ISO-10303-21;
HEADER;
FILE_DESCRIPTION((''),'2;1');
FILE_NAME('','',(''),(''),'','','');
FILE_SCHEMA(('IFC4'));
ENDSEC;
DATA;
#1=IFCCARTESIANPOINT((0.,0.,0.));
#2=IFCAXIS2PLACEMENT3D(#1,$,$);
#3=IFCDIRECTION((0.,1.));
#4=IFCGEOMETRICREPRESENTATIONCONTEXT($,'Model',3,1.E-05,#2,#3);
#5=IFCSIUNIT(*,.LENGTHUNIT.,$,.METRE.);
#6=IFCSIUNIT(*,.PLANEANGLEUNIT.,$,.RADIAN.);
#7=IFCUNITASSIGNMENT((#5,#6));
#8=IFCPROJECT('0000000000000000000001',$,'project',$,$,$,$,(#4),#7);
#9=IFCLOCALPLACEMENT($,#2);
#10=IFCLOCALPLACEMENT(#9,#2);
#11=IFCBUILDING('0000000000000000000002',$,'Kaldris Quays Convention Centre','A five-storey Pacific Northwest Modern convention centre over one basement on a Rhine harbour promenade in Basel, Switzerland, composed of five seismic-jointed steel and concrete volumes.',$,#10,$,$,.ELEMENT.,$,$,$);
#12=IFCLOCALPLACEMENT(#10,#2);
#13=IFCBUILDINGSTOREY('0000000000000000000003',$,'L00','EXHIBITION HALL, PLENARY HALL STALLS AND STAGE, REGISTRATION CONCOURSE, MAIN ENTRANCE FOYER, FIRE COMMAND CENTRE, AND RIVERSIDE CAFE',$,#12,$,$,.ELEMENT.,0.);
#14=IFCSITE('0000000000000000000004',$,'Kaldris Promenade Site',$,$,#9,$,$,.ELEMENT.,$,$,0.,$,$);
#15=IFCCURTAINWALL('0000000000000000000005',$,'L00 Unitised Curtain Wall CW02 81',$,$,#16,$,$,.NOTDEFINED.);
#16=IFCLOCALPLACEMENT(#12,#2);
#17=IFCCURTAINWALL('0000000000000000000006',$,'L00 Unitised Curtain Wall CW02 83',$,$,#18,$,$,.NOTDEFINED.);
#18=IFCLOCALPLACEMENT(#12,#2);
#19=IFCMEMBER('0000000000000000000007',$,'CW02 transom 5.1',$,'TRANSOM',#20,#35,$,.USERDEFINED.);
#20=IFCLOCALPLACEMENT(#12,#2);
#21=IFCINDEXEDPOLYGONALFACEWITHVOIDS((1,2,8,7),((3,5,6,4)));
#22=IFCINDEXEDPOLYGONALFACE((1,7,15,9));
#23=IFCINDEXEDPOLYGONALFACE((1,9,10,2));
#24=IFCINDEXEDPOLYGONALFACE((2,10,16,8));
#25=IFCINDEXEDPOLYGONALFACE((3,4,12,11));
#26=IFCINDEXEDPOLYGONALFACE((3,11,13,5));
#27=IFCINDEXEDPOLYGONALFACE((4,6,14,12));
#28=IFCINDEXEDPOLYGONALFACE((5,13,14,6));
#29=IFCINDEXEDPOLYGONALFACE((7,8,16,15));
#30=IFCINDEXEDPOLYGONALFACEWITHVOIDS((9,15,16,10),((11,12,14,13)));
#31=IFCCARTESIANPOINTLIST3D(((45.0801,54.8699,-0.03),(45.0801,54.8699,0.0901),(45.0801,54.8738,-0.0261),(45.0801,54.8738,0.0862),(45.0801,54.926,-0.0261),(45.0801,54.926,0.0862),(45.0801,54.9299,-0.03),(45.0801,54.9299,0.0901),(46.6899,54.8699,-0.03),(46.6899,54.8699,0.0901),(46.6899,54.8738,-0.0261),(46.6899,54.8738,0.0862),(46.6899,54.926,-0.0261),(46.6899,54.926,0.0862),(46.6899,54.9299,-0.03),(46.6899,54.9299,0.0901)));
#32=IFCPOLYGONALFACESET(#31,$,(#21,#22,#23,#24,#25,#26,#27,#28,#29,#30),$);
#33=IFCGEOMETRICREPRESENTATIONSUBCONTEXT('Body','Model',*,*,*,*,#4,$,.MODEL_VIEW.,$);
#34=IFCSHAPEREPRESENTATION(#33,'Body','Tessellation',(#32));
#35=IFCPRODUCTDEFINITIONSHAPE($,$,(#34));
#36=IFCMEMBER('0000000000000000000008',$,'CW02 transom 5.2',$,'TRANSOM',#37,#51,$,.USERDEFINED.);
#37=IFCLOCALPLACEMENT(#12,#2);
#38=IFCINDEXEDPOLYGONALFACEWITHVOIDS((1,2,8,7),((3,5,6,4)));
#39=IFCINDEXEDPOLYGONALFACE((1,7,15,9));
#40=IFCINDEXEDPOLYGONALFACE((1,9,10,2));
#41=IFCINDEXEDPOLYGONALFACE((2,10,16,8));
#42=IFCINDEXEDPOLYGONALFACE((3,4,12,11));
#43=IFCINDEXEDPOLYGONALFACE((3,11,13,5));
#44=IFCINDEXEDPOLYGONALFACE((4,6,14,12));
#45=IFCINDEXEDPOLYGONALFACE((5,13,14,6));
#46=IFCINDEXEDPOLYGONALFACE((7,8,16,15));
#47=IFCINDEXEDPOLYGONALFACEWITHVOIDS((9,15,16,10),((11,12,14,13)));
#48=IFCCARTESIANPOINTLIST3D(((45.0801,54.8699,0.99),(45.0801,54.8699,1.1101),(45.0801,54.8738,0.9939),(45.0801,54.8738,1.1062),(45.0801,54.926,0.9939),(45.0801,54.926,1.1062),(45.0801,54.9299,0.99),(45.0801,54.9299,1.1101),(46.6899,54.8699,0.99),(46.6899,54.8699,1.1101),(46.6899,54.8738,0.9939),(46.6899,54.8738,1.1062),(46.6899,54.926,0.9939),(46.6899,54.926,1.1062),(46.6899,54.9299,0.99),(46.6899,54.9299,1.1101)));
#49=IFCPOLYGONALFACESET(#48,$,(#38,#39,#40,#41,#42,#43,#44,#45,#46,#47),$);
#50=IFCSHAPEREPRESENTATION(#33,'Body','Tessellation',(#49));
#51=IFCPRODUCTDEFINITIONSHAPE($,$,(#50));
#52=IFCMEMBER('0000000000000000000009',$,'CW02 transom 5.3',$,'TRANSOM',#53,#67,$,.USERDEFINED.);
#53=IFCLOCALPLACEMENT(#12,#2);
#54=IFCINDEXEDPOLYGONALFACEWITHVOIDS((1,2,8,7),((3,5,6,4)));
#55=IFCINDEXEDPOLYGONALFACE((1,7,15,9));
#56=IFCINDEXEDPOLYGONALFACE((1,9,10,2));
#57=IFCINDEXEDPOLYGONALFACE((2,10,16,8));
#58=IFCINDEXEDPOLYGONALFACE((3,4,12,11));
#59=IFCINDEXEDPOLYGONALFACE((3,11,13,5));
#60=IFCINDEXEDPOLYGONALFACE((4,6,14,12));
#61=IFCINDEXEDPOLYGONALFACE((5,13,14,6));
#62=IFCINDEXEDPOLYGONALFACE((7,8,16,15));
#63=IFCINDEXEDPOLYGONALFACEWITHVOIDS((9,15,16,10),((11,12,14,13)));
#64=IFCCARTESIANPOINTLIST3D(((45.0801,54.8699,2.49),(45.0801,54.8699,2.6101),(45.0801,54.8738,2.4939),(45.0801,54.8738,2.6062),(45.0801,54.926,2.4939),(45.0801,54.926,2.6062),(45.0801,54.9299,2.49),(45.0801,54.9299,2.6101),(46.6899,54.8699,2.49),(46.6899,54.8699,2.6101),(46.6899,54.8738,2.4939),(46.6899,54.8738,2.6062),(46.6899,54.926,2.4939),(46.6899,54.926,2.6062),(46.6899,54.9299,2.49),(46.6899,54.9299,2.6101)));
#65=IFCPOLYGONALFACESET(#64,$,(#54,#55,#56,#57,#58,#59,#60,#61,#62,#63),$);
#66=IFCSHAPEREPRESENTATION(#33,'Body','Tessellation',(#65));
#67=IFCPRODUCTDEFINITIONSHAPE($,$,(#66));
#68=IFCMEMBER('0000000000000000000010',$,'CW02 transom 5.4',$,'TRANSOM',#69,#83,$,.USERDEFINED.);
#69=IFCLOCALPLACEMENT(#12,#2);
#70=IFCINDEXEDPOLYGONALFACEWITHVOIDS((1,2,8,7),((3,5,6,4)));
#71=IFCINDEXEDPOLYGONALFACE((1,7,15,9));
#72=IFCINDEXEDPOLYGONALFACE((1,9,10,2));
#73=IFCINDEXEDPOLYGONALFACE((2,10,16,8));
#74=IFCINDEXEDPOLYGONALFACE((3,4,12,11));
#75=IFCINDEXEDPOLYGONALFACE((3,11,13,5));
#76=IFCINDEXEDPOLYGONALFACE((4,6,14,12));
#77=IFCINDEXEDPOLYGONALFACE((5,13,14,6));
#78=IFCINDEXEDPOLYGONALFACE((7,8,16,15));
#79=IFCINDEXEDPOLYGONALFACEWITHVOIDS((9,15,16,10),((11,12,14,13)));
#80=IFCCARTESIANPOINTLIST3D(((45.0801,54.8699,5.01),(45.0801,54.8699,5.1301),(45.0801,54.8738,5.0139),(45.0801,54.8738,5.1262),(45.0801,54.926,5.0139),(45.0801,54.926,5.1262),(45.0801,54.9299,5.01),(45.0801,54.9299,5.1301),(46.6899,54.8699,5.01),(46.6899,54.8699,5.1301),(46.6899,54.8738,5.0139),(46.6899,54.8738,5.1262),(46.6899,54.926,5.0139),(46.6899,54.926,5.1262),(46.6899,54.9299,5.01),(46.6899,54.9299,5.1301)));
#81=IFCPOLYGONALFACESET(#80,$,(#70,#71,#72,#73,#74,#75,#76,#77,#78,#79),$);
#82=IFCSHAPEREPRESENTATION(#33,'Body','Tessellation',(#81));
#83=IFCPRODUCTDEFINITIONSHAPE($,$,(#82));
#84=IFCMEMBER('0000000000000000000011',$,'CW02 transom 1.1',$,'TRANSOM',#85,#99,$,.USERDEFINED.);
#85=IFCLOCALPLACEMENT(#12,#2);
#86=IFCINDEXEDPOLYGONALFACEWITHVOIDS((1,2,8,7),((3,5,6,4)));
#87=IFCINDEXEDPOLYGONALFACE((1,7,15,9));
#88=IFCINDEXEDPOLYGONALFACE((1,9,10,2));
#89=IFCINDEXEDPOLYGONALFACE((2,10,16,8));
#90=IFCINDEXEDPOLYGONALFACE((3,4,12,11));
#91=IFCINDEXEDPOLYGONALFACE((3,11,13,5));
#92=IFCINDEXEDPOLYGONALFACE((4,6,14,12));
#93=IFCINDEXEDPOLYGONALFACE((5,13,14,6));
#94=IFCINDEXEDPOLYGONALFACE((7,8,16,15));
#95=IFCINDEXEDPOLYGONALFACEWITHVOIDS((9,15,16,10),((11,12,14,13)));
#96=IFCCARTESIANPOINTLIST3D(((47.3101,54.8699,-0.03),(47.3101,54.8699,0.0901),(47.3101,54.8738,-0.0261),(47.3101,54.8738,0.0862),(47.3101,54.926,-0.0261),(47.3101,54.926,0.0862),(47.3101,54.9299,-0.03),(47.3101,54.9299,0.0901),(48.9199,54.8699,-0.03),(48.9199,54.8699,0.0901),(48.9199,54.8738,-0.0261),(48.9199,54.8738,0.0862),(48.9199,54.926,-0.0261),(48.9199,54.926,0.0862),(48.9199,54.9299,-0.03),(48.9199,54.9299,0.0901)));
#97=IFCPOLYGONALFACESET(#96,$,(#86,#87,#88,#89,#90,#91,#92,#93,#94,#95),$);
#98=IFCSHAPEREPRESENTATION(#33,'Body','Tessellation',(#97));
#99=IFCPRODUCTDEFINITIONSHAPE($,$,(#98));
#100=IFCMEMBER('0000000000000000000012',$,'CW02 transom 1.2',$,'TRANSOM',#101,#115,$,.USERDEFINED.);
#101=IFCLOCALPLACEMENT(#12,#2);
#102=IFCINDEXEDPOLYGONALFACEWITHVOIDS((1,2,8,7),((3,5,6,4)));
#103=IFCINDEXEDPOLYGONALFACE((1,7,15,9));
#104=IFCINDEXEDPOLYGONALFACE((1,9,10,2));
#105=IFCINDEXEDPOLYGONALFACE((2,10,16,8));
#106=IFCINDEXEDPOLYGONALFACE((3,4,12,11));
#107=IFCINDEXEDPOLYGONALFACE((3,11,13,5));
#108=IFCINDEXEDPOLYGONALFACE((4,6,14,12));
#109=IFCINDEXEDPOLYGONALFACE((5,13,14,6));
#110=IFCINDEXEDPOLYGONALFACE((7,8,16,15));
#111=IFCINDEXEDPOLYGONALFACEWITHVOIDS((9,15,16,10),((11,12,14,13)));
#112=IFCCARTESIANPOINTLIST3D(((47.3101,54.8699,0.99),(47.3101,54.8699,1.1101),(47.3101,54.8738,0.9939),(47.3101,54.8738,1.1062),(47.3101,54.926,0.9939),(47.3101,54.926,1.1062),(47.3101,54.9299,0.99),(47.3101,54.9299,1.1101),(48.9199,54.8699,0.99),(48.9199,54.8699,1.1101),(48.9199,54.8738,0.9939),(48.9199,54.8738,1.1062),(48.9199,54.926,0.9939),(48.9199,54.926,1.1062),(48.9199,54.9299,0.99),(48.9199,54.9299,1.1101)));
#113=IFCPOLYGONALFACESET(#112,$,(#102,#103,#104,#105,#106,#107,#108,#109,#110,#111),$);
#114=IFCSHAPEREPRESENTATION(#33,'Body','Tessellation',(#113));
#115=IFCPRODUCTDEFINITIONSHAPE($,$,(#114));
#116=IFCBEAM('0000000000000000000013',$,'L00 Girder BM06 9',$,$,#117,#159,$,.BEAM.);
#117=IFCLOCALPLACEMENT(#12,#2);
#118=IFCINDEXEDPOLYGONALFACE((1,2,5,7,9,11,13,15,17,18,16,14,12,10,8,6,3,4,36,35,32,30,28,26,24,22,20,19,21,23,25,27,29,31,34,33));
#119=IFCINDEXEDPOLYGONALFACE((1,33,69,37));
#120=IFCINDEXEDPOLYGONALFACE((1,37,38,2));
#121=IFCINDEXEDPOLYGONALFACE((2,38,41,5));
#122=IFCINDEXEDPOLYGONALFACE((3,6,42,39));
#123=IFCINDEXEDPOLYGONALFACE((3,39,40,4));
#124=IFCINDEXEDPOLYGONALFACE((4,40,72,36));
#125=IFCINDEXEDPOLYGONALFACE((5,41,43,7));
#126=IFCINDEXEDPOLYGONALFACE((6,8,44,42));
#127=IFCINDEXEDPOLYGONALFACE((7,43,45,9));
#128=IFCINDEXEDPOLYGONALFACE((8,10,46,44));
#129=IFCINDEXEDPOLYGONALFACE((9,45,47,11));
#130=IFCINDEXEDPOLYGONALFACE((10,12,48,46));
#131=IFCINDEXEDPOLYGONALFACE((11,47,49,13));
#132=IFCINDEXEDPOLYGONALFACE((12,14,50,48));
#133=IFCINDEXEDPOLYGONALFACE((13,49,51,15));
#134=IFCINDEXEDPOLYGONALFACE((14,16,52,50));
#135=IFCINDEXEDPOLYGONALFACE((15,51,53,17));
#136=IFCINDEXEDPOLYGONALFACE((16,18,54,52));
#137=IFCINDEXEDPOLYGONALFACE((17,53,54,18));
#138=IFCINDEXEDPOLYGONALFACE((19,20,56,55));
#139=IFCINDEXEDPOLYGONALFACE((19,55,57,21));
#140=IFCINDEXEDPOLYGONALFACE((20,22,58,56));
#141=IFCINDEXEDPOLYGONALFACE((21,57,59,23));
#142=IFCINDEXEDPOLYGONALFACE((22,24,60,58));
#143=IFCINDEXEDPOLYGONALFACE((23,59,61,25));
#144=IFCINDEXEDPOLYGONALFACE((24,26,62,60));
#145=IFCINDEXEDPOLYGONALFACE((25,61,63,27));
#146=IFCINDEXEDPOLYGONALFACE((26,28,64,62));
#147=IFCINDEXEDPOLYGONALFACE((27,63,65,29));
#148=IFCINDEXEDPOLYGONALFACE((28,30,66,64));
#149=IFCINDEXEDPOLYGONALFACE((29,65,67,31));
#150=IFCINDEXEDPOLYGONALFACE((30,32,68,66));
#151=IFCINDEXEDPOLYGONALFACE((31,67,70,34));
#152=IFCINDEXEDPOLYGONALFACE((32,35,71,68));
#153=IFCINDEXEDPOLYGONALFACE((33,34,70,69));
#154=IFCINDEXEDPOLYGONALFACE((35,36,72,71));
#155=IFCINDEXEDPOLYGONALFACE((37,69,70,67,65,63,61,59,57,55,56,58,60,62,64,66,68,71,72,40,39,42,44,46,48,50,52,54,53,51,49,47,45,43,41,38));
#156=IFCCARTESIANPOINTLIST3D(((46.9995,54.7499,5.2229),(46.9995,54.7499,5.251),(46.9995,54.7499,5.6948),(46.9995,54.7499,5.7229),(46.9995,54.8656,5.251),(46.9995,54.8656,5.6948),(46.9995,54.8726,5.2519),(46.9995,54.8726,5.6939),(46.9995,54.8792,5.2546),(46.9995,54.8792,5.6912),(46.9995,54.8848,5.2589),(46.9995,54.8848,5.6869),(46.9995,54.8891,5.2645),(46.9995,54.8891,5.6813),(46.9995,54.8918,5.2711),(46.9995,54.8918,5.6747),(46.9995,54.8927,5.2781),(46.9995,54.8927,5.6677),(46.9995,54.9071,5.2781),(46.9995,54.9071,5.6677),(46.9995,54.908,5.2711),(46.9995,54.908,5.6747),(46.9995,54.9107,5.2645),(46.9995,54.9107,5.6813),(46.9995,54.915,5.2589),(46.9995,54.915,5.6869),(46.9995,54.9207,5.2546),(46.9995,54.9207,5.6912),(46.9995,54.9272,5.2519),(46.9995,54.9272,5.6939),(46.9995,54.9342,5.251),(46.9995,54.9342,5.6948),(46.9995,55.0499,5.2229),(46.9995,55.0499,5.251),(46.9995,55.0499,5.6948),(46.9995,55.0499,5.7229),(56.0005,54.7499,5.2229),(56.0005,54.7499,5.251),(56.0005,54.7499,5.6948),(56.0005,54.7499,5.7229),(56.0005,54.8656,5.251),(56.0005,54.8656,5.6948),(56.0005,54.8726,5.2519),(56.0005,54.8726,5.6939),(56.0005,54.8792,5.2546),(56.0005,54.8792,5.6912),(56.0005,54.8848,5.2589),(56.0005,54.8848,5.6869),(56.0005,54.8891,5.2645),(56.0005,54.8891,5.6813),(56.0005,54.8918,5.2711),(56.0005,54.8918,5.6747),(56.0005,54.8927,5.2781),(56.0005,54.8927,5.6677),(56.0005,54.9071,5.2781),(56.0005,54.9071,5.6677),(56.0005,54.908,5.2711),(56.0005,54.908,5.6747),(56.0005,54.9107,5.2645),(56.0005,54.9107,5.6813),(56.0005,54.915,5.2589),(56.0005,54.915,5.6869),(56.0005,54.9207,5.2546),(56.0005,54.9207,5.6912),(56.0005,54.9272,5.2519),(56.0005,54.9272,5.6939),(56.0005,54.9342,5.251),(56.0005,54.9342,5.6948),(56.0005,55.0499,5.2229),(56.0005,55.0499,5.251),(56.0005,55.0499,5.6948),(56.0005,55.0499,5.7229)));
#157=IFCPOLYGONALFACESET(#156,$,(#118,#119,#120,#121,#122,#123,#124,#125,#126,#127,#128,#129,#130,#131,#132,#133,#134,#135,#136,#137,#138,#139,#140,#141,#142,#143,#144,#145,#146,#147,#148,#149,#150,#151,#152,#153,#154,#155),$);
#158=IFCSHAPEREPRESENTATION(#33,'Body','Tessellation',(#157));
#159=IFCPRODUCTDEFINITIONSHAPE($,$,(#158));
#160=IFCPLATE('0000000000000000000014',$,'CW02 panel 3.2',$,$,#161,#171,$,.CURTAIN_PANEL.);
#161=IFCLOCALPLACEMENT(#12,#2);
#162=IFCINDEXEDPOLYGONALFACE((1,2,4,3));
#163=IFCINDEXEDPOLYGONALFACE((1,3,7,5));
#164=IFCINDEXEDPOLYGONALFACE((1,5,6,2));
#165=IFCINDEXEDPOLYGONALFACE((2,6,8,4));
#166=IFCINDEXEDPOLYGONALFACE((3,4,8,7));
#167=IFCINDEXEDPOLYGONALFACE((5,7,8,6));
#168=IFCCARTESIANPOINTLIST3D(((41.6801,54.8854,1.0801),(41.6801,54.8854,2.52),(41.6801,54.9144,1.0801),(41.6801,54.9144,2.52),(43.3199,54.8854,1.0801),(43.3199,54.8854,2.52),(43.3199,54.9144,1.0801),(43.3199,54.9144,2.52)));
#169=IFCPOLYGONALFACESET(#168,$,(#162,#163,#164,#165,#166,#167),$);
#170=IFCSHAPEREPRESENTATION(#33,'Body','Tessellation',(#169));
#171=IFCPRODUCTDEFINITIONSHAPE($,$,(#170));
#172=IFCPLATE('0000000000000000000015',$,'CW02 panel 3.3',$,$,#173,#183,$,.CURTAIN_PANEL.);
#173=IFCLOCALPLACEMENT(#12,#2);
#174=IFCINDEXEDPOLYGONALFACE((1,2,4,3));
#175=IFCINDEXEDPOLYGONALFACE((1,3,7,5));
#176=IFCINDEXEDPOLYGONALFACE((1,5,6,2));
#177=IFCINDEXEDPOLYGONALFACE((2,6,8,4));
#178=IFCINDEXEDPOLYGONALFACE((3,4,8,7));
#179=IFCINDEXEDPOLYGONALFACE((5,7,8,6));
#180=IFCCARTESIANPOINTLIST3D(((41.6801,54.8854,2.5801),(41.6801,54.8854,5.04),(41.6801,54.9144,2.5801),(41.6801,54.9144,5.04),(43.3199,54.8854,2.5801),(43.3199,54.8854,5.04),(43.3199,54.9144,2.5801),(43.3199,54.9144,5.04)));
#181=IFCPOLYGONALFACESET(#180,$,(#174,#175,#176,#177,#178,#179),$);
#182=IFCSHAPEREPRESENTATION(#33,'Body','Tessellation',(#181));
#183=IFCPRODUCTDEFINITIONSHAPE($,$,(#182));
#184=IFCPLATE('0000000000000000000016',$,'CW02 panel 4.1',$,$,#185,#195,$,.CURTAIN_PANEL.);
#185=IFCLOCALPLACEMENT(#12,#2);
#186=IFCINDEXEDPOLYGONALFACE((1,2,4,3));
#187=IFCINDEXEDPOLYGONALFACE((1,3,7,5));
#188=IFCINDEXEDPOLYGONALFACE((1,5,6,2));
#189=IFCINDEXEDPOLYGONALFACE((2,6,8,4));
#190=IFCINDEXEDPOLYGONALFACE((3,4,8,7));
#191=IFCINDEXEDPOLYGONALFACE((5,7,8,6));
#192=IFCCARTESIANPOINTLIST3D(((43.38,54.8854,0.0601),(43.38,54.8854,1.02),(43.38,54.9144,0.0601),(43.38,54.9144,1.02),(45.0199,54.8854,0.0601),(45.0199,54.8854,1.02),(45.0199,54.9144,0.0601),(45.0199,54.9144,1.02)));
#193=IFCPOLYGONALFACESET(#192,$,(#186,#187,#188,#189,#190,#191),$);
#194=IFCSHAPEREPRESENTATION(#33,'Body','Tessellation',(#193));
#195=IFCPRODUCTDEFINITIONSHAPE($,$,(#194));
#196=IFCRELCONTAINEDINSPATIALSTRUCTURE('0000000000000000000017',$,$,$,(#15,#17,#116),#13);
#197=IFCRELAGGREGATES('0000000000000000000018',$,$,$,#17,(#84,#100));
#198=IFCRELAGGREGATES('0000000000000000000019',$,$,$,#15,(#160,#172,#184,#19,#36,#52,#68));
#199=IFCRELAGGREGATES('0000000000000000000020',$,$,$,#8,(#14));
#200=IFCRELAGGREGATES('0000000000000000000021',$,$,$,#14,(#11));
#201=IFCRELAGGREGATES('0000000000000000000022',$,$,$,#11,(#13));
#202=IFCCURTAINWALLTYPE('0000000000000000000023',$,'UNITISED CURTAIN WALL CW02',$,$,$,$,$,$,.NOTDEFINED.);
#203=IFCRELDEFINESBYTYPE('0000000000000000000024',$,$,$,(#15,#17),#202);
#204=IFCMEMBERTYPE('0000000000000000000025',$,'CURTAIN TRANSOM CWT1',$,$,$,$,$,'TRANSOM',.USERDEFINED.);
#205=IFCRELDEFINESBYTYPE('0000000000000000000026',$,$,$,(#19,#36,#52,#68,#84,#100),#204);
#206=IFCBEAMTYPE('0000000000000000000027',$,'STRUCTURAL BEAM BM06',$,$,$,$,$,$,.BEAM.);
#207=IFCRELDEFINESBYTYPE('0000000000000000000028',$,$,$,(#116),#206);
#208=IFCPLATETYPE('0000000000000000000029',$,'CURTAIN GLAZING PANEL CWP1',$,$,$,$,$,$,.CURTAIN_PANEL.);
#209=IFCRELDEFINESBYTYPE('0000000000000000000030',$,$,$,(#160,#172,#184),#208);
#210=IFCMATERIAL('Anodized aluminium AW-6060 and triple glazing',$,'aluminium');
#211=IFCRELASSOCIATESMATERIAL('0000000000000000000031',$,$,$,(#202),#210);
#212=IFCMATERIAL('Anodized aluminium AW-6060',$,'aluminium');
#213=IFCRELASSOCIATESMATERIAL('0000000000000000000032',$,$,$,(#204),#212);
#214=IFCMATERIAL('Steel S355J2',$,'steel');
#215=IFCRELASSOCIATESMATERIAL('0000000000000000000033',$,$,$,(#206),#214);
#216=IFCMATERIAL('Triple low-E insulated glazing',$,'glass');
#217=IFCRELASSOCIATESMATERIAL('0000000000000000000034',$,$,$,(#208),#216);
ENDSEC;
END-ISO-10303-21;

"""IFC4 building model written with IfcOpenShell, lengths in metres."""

from ifc_helpers import new_model, si_unit, direction, frame, origin, origin_2d, place, context, subcontext, project, spatial, rectangle, hollow_rectangle, i_section, extrude, material, material_profile, profile_set, type_object, element, aggregate, save


model = new_model("IFC4")

# Units and contexts
model_context = context("Model", 3, precision=1e-05, world=origin(), true_north=direction((0.0, 1.0)))
body_context = subcontext(model_context, "Body", "Model", "MODEL_VIEW")
ifc_project = project(units=[si_unit("LENGTHUNIT", "METRE"), si_unit("PLANEANGLEUNIT", "RADIAN")], contexts=[model_context])

# Site, building, storey
site_placement = place(None, origin())
site = spatial("IfcSite", under=ifc_project, at=site_placement, Name="Kaldris Promenade Site", CompositionType="ELEMENT", RefElevation=0.0)
building_placement = place(site_placement, origin())
building = spatial("IfcBuilding", under=site, at=building_placement, Name="Kaldris Quays Convention Centre", Description="A five-storey Pacific Northwest Modern convention centre over one basement on a Rhine harbour promenade in Basel, Switzerland, composed of five seismic-jointed steel and concrete volumes.", CompositionType="ELEMENT")
storey_placement = place(building_placement, origin())
storey = spatial("IfcBuildingStorey", under=building, at=storey_placement, Name="L00", Description="EXHIBITION HALL, PLENARY HALL STALLS AND STAGE, REGISTRATION CONCOURSE, MAIN ENTRANCE FOYER, FIRE COMMAND CENTRE, AND RIVERSIDE CAFE", CompositionType="ELEMENT", Elevation=0.0)

# Shared definitions
ifc_material_1 = material(Name="Steel S355J2", Category="steel")

# Curtain wall
ifc_material_2 = material(Name="Anodized aluminium AW-6060 and triple glazing", Category="aluminium")
curtain_wall_type = type_object("IfcCurtainWallType", Name="UNITISED CURTAIN WALL CW02", PredefinedType="NOTDEFINED", material=ifc_material_2)
curtain_wall_1_placement = place(storey_placement, origin())
curtain_wall_1 = element("IfcCurtainWall", 1, at=curtain_wall_1_placement, inside=storey, type_object=curtain_wall_type, Name="L00 Unitised Curtain Wall CW02 81", PredefinedType="NOTDEFINED")
ifc_material_3 = material(Name="Anodized aluminium AW-6060", Category="aluminium")

# Curtain wall
curtain_wall_2_placement = place(storey_placement, origin())
curtain_wall_2 = element("IfcCurtainWall", 2, at=curtain_wall_2_placement, inside=storey, type_object=curtain_wall_type, Name="L00 Unitised Curtain Wall CW02 83", PredefinedType="NOTDEFINED")

# Members
ifc_material_profile_1 = material_profile(ifc_material_3, hollow_rectangle(XDim=0.0601, YDim=0.1201, WallThickness=0.0039, at=origin_2d()), Name="RHS 120x60x4")
ifc_profile_set_1 = profile_set([ifc_material_profile_1], Name="Anodized aluminium AW-6060")
member_type_1 = type_object("IfcMemberType", Name="CURTAIN TRANSOM CWT1", ElementType="TRANSOM", PredefinedType="USERDEFINED", material=ifc_profile_set_1)
member_1_placement = place(storey_placement, frame((45.0801, 54.8999, 0.03), z_axis=(1.0, 0.0, 0.0), x_axis=(0.0, 1.0, 0.0)))
member_1 = element("IfcMember", 3, at=member_1_placement, type_object=member_type_1, Name="CW02 transom 5.1", ObjectType="TRANSOM", PredefinedType="USERDEFINED", context=body_context, shape_type="SweptSolid", body=[
    extrude(hollow_rectangle(XDim=0.0601, YDim=0.1201, WallThickness=0.0039, at=origin_2d()), origin(), (0.0, 0.0, 1.0), 1.6099),
])
member_2_placement = place(storey_placement, frame((45.0801, 54.8999, 1.05), z_axis=(1.0, 0.0, 0.0), x_axis=(0.0, 1.0, 0.0)))
member_2 = element("IfcMember", 4, at=member_2_placement, type_object=member_type_1, Name="CW02 transom 5.2", ObjectType="TRANSOM", PredefinedType="USERDEFINED", context=body_context, shape_type="SweptSolid", body=[
    extrude(hollow_rectangle(XDim=0.0601, YDim=0.1201, WallThickness=0.0039, at=origin_2d()), origin(), (0.0, 0.0, 1.0), 1.6099),
])
member_3_placement = place(storey_placement, frame((45.0801, 54.8999, 2.55), z_axis=(1.0, 0.0, 0.0), x_axis=(0.0, 1.0, 0.0)))
member_3 = element("IfcMember", 5, at=member_3_placement, type_object=member_type_1, Name="CW02 transom 5.3", ObjectType="TRANSOM", PredefinedType="USERDEFINED", context=body_context, shape_type="SweptSolid", body=[
    extrude(hollow_rectangle(XDim=0.0601, YDim=0.1201, WallThickness=0.0039, at=origin_2d()), origin(), (0.0, 0.0, 1.0), 1.6099),
])
member_4_placement = place(storey_placement, frame((45.0801, 54.8999, 5.0701), z_axis=(1.0, 0.0, 0.0), x_axis=(0.0, 1.0, 0.0)))
member_4 = element("IfcMember", 6, at=member_4_placement, type_object=member_type_1, Name="CW02 transom 5.4", ObjectType="TRANSOM", PredefinedType="USERDEFINED", context=body_context, shape_type="SweptSolid", body=[
    extrude(hollow_rectangle(XDim=0.0601, YDim=0.1201, WallThickness=0.0039, at=origin_2d()), origin(), (0.0, 0.0, 1.0), 1.6099),
])
member_5_placement = place(storey_placement, frame((47.3101, 54.8999, 0.03), z_axis=(1.0, 0.0, 0.0), x_axis=(0.0, 1.0, 0.0)))
member_5 = element("IfcMember", 7, at=member_5_placement, type_object=member_type_1, Name="CW02 transom 1.1", ObjectType="TRANSOM", PredefinedType="USERDEFINED", context=body_context, shape_type="SweptSolid", body=[
    extrude(hollow_rectangle(XDim=0.0601, YDim=0.1201, WallThickness=0.0039, at=origin_2d()), origin(), (0.0, 0.0, 1.0), 1.6099),
])
member_6_placement = place(storey_placement, frame((47.3101, 54.8999, 1.05), z_axis=(1.0, 0.0, 0.0), x_axis=(0.0, 1.0, 0.0)))
member_6 = element("IfcMember", 8, at=member_6_placement, type_object=member_type_1, Name="CW02 transom 1.2", ObjectType="TRANSOM", PredefinedType="USERDEFINED", context=body_context, shape_type="SweptSolid", body=[
    extrude(hollow_rectangle(XDim=0.0601, YDim=0.1201, WallThickness=0.0039, at=origin_2d()), origin(), (0.0, 0.0, 1.0), 1.6099),
])
aggregate(curtain_wall_2, [member_5, member_6])

# Beam
ifc_material_profile_2 = material_profile(ifc_material_1, i_section(OverallWidth=0.3, OverallDepth=0.5, WebThickness=0.0144, FlangeThickness=0.0281, FilletRadius=0.0271, at=origin_2d()), Name="HEB 500")
ifc_profile_set_2 = profile_set([ifc_material_profile_2], Name="Steel S355J2")
beam_type = type_object("IfcBeamType", Name="STRUCTURAL BEAM BM06", PredefinedType="BEAM", material=ifc_profile_set_2)
beam_placement = place(storey_placement, frame((46.9995, 54.8999, 5.4729), z_axis=(1.0, 0.0, 0.0), x_axis=(0.0, 1.0, 0.0)))
element("IfcBeam", 9, at=beam_placement, inside=storey, type_object=beam_type, Name="L00 Girder BM06 9", PredefinedType="BEAM", context=body_context, shape_type="SweptSolid", body=[
    extrude(i_section(OverallWidth=0.3, OverallDepth=0.5, WebThickness=0.0144, FlangeThickness=0.0281, FilletRadius=0.0271, at=origin_2d()), origin(), (0.0, 0.0, 1.0), 9.001),
])

# Plates
ifc_material_4 = material(Name="Triple low-E insulated glazing", Category="glass")
plate_type = type_object("IfcPlateType", Name="CURTAIN GLAZING PANEL CWP1", PredefinedType="CURTAIN_PANEL", material=ifc_material_4)
plate_1_placement = place(storey_placement, frame((42.5, 54.8999, 1.0801), z_axis=(0.0, 0.0, 1.0), x_axis=(1.0, 0.0, 0.0)))
plate_1 = element("IfcPlate", 10, at=plate_1_placement, type_object=plate_type, Name="CW02 panel 3.2", PredefinedType="CURTAIN_PANEL", context=body_context, shape_type="SweptSolid", body=[
    extrude(rectangle(XDim=1.6399, YDim=0.0291, at=origin_2d()), origin(), (0.0, 0.0, 1.0), 1.4399),
])
plate_2_placement = place(storey_placement, frame((42.5, 54.8999, 2.5801), z_axis=(0.0, 0.0, 1.0), x_axis=(1.0, 0.0, 0.0)))
plate_2 = element("IfcPlate", 11, at=plate_2_placement, type_object=plate_type, Name="CW02 panel 3.3", PredefinedType="CURTAIN_PANEL", context=body_context, shape_type="SweptSolid", body=[
    extrude(rectangle(XDim=1.6399, YDim=0.0291, at=origin_2d()), origin(), (0.0, 0.0, 1.0), 2.46),
])
plate_3_placement = place(storey_placement, frame((44.2, 54.8999, 0.0601), z_axis=(0.0, 0.0, 1.0), x_axis=(1.0, 0.0, 0.0)))
plate_3 = element("IfcPlate", 12, at=plate_3_placement, type_object=plate_type, Name="CW02 panel 4.1", PredefinedType="CURTAIN_PANEL", context=body_context, shape_type="SweptSolid", body=[
    extrude(rectangle(XDim=1.6399, YDim=0.0291, at=origin_2d()), origin(), (0.0, 0.0, 1.0), 0.96),
])
aggregate(curtain_wall_1, [plate_1, plate_2, plate_3, member_1, member_2, member_3, member_4])

save(model, "model.ifc")
